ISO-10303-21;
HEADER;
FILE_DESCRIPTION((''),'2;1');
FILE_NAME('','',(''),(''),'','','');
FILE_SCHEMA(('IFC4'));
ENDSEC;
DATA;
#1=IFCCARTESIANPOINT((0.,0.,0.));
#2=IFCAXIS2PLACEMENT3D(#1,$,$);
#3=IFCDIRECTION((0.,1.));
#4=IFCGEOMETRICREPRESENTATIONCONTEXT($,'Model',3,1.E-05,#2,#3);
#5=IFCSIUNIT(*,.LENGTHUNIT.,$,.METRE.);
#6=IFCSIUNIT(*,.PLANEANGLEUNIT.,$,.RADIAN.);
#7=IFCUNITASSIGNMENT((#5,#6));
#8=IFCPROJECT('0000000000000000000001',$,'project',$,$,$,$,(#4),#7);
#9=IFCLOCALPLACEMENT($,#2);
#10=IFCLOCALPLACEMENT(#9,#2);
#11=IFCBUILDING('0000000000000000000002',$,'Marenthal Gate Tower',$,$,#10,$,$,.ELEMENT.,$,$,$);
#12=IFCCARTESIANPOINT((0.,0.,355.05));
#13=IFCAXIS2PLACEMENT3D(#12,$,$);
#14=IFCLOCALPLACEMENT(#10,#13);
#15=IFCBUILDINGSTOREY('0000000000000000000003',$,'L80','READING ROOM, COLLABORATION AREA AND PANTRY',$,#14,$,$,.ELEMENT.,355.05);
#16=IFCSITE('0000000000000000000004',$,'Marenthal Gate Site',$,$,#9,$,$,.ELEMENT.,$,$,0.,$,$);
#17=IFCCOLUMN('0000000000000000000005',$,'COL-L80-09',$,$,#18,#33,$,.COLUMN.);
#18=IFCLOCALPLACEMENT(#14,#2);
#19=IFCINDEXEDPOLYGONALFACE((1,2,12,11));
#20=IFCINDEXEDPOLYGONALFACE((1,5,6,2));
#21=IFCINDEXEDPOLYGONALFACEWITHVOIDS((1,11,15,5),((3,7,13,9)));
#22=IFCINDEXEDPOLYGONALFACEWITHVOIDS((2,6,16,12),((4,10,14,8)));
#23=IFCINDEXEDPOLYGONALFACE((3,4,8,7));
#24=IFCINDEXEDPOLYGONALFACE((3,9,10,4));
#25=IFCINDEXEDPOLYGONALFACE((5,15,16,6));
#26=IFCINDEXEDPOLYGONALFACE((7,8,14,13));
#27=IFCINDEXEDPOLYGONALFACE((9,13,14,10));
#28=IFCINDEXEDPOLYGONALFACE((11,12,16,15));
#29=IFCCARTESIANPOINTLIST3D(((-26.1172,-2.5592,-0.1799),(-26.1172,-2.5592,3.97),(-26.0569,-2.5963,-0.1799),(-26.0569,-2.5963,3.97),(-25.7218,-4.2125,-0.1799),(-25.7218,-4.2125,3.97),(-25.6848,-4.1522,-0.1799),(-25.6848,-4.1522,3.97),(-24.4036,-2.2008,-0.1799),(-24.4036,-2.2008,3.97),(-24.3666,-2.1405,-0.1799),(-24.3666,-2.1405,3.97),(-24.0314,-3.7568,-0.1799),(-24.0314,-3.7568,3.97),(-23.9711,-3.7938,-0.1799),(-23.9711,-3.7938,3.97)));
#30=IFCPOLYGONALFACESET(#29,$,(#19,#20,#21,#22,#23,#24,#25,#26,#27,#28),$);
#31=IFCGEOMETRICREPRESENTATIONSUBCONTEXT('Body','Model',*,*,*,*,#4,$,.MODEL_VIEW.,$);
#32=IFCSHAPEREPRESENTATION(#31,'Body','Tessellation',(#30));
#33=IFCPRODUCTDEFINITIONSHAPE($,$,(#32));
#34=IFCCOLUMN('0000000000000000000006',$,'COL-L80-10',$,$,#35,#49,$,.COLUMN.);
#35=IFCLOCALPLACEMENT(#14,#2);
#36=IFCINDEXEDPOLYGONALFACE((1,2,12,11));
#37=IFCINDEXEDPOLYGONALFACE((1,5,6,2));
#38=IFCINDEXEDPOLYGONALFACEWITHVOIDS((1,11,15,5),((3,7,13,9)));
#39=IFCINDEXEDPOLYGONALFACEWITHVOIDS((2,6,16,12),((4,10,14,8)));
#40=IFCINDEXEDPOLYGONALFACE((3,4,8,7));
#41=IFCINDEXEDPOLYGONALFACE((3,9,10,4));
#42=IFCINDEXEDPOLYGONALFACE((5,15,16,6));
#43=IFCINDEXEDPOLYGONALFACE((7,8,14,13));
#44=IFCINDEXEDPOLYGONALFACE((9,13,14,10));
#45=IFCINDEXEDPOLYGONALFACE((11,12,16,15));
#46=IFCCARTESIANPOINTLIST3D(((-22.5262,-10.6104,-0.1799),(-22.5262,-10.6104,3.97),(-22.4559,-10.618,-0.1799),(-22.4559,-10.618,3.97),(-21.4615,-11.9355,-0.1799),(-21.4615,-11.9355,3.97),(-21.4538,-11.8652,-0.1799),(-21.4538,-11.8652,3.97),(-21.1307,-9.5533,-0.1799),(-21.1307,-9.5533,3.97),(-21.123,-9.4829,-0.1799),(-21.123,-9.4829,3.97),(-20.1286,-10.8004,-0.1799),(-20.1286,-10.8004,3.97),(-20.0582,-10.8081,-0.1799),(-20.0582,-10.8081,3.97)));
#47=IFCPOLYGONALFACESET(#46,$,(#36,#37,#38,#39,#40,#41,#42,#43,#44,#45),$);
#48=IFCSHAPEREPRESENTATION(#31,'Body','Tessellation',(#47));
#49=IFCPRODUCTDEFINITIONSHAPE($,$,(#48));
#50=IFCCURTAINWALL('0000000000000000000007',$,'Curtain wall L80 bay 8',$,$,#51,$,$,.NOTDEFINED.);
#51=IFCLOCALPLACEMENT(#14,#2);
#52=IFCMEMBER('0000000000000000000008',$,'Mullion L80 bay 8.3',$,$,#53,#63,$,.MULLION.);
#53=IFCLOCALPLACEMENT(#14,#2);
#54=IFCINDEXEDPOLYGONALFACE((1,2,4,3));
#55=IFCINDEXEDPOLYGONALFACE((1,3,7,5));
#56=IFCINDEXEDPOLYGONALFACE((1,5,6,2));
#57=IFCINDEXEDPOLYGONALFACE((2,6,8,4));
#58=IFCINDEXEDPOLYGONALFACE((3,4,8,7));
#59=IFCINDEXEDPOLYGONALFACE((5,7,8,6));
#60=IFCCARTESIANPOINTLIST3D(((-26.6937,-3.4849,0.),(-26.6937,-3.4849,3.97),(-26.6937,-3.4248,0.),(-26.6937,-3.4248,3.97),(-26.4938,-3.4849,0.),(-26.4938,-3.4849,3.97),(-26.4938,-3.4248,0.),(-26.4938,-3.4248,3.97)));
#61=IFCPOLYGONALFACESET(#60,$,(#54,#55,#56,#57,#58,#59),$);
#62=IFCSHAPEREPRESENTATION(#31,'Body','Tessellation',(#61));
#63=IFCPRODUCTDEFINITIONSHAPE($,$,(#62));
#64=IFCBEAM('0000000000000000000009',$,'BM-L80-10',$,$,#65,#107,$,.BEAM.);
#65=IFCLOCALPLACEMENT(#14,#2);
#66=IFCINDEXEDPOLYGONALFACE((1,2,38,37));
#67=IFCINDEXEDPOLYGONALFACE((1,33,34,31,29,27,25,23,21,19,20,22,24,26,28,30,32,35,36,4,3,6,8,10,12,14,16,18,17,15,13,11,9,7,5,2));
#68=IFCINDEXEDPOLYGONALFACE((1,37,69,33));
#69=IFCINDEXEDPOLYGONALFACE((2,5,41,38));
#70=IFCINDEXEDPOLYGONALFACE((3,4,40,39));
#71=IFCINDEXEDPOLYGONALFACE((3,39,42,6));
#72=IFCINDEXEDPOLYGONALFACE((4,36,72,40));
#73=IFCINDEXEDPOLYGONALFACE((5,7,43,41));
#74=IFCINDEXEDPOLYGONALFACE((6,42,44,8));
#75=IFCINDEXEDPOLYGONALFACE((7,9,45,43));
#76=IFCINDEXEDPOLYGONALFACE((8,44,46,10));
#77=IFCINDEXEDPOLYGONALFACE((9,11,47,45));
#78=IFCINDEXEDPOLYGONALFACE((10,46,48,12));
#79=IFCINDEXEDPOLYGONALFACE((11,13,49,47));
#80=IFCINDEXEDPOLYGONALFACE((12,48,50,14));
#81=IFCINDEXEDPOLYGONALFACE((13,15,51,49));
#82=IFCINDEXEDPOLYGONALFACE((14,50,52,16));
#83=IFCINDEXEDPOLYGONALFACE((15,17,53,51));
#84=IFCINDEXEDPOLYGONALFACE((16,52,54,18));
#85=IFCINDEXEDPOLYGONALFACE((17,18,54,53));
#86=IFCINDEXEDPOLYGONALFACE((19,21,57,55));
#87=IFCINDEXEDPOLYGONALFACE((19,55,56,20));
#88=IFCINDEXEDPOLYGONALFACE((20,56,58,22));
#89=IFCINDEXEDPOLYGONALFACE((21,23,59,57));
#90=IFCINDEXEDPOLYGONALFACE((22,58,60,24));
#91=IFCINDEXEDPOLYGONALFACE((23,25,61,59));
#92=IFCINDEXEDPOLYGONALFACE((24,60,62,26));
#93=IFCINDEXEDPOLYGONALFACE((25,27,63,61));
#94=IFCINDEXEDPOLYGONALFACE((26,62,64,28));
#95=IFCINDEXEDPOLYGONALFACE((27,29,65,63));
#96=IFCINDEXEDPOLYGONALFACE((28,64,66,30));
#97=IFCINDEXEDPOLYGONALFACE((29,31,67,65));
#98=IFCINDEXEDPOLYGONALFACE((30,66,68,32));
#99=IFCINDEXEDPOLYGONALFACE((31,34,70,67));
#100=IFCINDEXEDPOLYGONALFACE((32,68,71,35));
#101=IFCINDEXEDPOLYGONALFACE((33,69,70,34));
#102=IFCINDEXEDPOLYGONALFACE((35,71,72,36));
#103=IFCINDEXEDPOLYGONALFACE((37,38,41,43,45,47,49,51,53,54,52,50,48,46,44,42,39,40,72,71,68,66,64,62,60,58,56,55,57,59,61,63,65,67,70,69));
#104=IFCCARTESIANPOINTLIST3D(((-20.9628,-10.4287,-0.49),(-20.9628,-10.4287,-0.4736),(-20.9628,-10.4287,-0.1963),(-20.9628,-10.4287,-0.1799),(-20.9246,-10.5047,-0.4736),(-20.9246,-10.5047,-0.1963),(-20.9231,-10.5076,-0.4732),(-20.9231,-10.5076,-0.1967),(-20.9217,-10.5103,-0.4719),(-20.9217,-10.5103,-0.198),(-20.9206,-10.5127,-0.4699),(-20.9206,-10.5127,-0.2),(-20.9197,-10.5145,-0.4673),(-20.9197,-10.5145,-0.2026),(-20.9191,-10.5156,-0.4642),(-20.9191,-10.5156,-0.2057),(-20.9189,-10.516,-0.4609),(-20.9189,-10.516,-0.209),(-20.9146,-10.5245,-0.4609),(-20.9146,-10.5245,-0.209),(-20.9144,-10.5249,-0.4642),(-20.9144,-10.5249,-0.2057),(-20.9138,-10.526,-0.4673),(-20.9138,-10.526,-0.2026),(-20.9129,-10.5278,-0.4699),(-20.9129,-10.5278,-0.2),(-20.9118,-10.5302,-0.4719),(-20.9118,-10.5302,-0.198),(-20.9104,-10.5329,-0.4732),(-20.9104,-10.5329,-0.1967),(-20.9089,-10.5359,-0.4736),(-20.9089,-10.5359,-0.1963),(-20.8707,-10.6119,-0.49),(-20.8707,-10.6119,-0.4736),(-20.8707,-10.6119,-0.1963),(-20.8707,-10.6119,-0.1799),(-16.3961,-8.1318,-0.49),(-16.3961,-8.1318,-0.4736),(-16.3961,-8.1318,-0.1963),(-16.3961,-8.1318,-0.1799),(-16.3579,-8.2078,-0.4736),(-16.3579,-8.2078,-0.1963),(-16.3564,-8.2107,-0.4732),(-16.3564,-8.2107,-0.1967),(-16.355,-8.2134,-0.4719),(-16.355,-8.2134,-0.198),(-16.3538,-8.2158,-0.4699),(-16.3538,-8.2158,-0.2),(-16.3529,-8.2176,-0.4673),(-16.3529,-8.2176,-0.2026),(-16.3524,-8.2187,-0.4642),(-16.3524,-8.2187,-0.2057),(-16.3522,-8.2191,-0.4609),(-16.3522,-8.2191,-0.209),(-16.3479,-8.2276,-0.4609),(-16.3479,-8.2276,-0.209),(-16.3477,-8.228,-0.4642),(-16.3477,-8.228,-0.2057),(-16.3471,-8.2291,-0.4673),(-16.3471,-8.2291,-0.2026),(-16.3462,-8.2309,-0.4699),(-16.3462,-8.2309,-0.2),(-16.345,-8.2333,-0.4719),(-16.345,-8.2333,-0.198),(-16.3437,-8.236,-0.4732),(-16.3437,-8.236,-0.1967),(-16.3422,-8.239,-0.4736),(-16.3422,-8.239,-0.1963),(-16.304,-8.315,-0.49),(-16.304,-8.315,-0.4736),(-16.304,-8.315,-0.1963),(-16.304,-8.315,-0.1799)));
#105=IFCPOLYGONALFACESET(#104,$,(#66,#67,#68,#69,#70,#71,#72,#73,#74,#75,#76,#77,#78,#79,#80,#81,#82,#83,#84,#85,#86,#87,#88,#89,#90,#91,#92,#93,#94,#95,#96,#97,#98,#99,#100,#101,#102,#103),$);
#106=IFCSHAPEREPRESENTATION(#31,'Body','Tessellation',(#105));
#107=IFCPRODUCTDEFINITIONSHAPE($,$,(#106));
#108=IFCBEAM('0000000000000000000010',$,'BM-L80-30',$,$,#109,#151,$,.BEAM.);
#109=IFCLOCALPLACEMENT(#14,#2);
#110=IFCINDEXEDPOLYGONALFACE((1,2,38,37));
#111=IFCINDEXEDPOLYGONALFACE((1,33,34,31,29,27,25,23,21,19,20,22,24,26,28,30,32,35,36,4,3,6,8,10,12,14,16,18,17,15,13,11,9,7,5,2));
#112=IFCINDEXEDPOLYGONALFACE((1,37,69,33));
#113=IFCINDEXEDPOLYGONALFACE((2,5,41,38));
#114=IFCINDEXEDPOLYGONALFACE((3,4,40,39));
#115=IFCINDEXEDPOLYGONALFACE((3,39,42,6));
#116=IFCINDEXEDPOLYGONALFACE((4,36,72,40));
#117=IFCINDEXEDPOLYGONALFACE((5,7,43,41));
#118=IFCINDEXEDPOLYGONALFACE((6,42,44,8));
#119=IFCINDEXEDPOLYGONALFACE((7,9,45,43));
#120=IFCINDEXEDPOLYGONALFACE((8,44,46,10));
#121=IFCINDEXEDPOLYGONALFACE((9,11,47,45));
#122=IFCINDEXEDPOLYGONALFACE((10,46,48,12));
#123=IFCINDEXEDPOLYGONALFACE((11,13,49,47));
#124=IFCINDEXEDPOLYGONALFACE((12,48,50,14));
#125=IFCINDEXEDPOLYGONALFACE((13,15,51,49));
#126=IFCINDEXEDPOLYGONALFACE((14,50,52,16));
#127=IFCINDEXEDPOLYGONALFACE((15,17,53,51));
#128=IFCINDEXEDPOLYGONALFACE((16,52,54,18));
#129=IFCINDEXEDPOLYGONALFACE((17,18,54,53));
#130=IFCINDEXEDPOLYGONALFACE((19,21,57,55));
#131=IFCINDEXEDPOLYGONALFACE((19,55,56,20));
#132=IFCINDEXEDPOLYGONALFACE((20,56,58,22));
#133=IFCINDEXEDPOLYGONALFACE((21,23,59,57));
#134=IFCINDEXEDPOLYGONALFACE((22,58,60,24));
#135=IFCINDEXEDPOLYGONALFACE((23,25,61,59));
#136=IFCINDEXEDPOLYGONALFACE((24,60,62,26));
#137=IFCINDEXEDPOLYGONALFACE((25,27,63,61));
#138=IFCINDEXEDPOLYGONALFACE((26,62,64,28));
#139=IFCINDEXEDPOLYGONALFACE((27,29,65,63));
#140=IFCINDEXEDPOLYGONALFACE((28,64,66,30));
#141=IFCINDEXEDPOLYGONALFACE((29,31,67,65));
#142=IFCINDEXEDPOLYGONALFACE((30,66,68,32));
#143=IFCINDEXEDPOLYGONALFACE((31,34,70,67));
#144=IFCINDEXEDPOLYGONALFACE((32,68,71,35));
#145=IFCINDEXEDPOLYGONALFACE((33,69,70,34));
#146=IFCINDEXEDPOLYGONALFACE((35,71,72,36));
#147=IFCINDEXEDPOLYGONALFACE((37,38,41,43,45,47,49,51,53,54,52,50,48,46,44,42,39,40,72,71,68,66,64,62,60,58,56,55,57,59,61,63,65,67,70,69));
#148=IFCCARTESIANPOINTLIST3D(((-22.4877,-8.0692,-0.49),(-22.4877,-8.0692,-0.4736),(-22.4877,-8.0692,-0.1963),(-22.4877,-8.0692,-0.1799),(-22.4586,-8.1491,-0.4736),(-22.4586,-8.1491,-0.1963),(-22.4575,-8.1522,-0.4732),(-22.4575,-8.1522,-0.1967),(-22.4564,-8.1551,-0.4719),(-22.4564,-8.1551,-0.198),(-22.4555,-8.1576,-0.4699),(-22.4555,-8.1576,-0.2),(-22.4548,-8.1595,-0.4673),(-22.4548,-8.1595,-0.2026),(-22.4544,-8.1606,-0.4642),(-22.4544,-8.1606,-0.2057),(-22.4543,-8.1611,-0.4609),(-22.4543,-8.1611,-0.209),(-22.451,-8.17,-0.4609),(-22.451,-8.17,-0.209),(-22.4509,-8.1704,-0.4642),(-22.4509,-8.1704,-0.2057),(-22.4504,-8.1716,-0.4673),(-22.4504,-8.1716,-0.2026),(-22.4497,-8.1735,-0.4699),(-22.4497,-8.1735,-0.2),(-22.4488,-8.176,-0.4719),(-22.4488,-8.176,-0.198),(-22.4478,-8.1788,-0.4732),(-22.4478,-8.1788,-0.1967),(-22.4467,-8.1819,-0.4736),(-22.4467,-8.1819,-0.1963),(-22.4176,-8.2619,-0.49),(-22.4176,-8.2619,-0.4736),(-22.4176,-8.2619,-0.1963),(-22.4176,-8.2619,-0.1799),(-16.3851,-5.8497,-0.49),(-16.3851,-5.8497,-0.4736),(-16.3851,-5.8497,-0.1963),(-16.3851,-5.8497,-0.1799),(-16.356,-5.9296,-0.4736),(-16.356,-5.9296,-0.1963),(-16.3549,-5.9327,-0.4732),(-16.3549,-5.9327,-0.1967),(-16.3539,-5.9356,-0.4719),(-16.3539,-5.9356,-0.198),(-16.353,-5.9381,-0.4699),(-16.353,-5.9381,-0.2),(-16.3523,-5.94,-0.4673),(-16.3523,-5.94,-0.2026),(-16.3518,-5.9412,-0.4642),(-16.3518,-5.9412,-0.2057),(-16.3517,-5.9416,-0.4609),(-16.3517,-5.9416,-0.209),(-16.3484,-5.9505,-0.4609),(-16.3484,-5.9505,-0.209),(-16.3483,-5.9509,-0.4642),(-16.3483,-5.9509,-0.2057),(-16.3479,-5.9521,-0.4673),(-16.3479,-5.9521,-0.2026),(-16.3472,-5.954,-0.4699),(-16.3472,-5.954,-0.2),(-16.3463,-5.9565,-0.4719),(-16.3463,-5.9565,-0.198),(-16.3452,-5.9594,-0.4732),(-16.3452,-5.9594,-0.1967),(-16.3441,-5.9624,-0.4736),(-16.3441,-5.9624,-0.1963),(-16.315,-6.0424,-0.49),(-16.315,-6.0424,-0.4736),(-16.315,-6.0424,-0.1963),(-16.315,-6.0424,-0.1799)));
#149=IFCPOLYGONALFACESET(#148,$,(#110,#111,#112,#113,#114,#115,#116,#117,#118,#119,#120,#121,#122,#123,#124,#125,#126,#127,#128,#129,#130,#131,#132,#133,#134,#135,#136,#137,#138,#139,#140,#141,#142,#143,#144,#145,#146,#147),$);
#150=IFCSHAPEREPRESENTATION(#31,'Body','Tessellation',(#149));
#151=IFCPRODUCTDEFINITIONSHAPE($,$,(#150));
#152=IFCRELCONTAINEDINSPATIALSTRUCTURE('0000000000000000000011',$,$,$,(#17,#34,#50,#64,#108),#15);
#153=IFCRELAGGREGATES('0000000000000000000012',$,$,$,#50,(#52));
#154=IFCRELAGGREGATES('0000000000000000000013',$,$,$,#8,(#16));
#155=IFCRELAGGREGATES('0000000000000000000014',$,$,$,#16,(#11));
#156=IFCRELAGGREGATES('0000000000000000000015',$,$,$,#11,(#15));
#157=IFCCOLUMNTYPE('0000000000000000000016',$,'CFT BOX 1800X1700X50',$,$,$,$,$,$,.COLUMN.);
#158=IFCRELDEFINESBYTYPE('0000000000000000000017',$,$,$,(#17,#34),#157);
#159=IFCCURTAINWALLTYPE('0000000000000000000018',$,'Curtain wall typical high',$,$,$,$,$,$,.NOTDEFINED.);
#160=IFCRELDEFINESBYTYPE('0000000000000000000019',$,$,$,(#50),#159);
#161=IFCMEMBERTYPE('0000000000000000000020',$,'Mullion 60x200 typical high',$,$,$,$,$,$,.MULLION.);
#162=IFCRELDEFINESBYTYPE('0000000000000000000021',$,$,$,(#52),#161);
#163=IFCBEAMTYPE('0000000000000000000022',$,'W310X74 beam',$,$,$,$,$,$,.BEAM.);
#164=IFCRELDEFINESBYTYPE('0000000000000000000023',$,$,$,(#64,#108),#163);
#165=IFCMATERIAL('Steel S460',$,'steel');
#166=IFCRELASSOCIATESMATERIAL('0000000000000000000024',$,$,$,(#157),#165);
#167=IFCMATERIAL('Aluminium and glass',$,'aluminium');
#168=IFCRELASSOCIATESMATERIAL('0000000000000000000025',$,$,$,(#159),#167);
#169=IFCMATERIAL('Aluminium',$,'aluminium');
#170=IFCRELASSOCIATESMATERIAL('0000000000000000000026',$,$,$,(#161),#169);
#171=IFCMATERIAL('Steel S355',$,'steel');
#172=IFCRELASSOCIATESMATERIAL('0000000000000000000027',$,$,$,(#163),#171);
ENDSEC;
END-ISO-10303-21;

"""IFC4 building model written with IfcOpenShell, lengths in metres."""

from ifc_helpers import new_model, si_unit, direction, frame, origin, origin_2d, place, context, subcontext, project, spatial, rectangle, hollow_rectangle, i_section, extrude, material, material_profile, profile_set, type_object, element, aggregate, save


model = new_model("IFC4")

# Units and contexts
model_context = context("Model", 3, precision=1e-05, world=origin(), true_north=direction((0.0, 1.0)))
body_context = subcontext(model_context, "Body", "Model", "MODEL_VIEW")
ifc_project = project(units=[si_unit("LENGTHUNIT", "METRE"), si_unit("PLANEANGLEUNIT", "RADIAN")], contexts=[model_context])

# Site, building, storey
site_placement = place(None, origin())
site = spatial("IfcSite", under=ifc_project, at=site_placement, Name="Marenthal Gate Site", CompositionType="ELEMENT", RefElevation=0.0)
building_placement = place(site_placement, origin())
building = spatial("IfcBuilding", under=site, at=building_placement, Name="Marenthal Gate Tower", CompositionType="ELEMENT")
storey_placement = place(building_placement, frame((0.0, 0.0, 355.05)))
storey = spatial("IfcBuildingStorey", under=building, at=storey_placement, Name="L80", Description="READING ROOM, COLLABORATION AREA AND PANTRY", CompositionType="ELEMENT", Elevation=355.05)

# Columns
ifc_material_1 = material(Name="Steel S460", Category="steel")
ifc_material_profile_1 = material_profile(ifc_material_1, hollow_rectangle(XDim=1.7, YDim=1.8, WallThickness=0.05, at=origin_2d()), Name="CFT BOX 1800X1700X50")
ifc_material_2 = material(Name="Concrete 70 MPa", Category="concrete")
ifc_material_profile_2 = material_profile(ifc_material_2, rectangle(XDim=1.6001, YDim=1.7, at=origin_2d()), Name="CFT BOX 1800X1700X50 INFILL")
ifc_profile_set_1 = profile_set([ifc_material_profile_1, ifc_material_profile_2], Name="Steel S460 shell, Concrete 70 MPa infill")
column_type = type_object("IfcColumnType", Name="CFT BOX 1800X1700X50", PredefinedType="COLUMN", material=ifc_profile_set_1)
for number, where, z_axis, x_axis, name in (
    (1, (-25.0442, -3.1765, -0.1799), (0.0, 0.0, 1.0), (-0.232626, 0.972566, 0.0), "COL-L80-09"),
    (2, (-21.2922, -10.7092, -0.1799), (0.0, 0.0, 1.0), (-0.626344, 0.779547, 0.0), "COL-L80-10"),
):
    element("IfcColumn", number, at=place(storey_placement, frame(where, z_axis=z_axis, x_axis=x_axis)), inside=storey, type_object=column_type, Name=name, PredefinedType="COLUMN", context=body_context, shape_type="SweptSolid", body=[
        extrude(hollow_rectangle(XDim=1.7, YDim=1.8, WallThickness=0.05, at=origin_2d()), origin(), (0.0, 0.0, 1.0), 4.1499),
    ])

# Curtain wall, member
ifc_material_3 = material(Name="Aluminium and glass", Category="aluminium")
curtain_wall_type = type_object("IfcCurtainWallType", Name="Curtain wall typical high", PredefinedType="NOTDEFINED", material=ifc_material_3)
curtain_wall_placement = place(storey_placement, origin())
curtain_wall = element("IfcCurtainWall", 3, at=curtain_wall_placement, inside=storey, type_object=curtain_wall_type, Name="Curtain wall L80 bay 8", PredefinedType="NOTDEFINED")
ifc_material_4 = material(Name="Aluminium", Category="aluminium")
ifc_material_profile_3 = material_profile(ifc_material_4, rectangle(XDim=0.2, YDim=0.0601, at=origin_2d()), Name="60x200 aluminium mullion")
ifc_profile_set_2 = profile_set([ifc_material_profile_3], Name="Aluminium")
member_type = type_object("IfcMemberType", Name="Mullion 60x200 typical high", PredefinedType="MULLION", material=ifc_profile_set_2)
member_placement = place(storey_placement, frame((-26.5938, -3.4548, 0.0), z_axis=(0.0, 0.0, 1.0), x_axis=(1.0, 0.0, 0.0)))
member = element("IfcMember", 4, at=member_placement, type_object=member_type, Name="Mullion L80 bay 8.3", PredefinedType="MULLION", context=body_context, shape_type="SweptSolid", body=[
    extrude(rectangle(XDim=0.2, YDim=0.0601, at=origin_2d()), origin(), (0.0, 0.0, 1.0), 3.97),
])

# Beams
ifc_material_5 = material(Name="Steel S355", Category="steel")
ifc_material_profile_4 = material_profile(ifc_material_5, i_section(OverallWidth=0.2051, OverallDepth=0.3101, WebThickness=0.0095, FlangeThickness=0.0164, FilletRadius=0.0127, at=origin_2d()), Name="W310X74")
ifc_profile_set_3 = profile_set([ifc_material_profile_4], Name="Steel S355")
beam_type_1 = type_object("IfcBeamType", Name="W310X74 beam", PredefinedType="BEAM", material=ifc_profile_set_3)
beam_1_placement = place(storey_placement, frame((-20.9167, -10.5203, -0.335), z_axis=(0.893364, 0.449333, 0.0), x_axis=(-0.449333, 0.893364, 0.0)))
element("IfcBeam", 5, at=beam_1_placement, inside=storey, type_object=beam_type_1, Name="BM-L80-10", PredefinedType="BEAM", context=body_context, shape_type="SweptSolid", body=[
    extrude(i_section(OverallWidth=0.2051, OverallDepth=0.3101, WebThickness=0.0095, FlangeThickness=0.0164, FilletRadius=0.0127, at=origin_2d()), origin(), (0.0, 0.0, 1.0), 5.1118),
])
beam_2_placement = place(storey_placement, frame((-22.4526, -8.1655, -0.335), z_axis=(0.939775, 0.341794, 0.0), x_axis=(-0.341794, 0.939775, 0.0)))
element("IfcBeam", 6, at=beam_2_placement, inside=storey, type_object=beam_type_1, Name="BM-L80-30", PredefinedType="BEAM", context=body_context, shape_type="SweptSolid", body=[
    extrude(i_section(OverallWidth=0.2051, OverallDepth=0.3101, WebThickness=0.0095, FlangeThickness=0.0164, FilletRadius=0.0127, at=origin_2d()), origin(), (0.0, 0.0, 1.0), 6.4937),
])

aggregate(curtain_wall, [member])

save(model, "model.ifc")
